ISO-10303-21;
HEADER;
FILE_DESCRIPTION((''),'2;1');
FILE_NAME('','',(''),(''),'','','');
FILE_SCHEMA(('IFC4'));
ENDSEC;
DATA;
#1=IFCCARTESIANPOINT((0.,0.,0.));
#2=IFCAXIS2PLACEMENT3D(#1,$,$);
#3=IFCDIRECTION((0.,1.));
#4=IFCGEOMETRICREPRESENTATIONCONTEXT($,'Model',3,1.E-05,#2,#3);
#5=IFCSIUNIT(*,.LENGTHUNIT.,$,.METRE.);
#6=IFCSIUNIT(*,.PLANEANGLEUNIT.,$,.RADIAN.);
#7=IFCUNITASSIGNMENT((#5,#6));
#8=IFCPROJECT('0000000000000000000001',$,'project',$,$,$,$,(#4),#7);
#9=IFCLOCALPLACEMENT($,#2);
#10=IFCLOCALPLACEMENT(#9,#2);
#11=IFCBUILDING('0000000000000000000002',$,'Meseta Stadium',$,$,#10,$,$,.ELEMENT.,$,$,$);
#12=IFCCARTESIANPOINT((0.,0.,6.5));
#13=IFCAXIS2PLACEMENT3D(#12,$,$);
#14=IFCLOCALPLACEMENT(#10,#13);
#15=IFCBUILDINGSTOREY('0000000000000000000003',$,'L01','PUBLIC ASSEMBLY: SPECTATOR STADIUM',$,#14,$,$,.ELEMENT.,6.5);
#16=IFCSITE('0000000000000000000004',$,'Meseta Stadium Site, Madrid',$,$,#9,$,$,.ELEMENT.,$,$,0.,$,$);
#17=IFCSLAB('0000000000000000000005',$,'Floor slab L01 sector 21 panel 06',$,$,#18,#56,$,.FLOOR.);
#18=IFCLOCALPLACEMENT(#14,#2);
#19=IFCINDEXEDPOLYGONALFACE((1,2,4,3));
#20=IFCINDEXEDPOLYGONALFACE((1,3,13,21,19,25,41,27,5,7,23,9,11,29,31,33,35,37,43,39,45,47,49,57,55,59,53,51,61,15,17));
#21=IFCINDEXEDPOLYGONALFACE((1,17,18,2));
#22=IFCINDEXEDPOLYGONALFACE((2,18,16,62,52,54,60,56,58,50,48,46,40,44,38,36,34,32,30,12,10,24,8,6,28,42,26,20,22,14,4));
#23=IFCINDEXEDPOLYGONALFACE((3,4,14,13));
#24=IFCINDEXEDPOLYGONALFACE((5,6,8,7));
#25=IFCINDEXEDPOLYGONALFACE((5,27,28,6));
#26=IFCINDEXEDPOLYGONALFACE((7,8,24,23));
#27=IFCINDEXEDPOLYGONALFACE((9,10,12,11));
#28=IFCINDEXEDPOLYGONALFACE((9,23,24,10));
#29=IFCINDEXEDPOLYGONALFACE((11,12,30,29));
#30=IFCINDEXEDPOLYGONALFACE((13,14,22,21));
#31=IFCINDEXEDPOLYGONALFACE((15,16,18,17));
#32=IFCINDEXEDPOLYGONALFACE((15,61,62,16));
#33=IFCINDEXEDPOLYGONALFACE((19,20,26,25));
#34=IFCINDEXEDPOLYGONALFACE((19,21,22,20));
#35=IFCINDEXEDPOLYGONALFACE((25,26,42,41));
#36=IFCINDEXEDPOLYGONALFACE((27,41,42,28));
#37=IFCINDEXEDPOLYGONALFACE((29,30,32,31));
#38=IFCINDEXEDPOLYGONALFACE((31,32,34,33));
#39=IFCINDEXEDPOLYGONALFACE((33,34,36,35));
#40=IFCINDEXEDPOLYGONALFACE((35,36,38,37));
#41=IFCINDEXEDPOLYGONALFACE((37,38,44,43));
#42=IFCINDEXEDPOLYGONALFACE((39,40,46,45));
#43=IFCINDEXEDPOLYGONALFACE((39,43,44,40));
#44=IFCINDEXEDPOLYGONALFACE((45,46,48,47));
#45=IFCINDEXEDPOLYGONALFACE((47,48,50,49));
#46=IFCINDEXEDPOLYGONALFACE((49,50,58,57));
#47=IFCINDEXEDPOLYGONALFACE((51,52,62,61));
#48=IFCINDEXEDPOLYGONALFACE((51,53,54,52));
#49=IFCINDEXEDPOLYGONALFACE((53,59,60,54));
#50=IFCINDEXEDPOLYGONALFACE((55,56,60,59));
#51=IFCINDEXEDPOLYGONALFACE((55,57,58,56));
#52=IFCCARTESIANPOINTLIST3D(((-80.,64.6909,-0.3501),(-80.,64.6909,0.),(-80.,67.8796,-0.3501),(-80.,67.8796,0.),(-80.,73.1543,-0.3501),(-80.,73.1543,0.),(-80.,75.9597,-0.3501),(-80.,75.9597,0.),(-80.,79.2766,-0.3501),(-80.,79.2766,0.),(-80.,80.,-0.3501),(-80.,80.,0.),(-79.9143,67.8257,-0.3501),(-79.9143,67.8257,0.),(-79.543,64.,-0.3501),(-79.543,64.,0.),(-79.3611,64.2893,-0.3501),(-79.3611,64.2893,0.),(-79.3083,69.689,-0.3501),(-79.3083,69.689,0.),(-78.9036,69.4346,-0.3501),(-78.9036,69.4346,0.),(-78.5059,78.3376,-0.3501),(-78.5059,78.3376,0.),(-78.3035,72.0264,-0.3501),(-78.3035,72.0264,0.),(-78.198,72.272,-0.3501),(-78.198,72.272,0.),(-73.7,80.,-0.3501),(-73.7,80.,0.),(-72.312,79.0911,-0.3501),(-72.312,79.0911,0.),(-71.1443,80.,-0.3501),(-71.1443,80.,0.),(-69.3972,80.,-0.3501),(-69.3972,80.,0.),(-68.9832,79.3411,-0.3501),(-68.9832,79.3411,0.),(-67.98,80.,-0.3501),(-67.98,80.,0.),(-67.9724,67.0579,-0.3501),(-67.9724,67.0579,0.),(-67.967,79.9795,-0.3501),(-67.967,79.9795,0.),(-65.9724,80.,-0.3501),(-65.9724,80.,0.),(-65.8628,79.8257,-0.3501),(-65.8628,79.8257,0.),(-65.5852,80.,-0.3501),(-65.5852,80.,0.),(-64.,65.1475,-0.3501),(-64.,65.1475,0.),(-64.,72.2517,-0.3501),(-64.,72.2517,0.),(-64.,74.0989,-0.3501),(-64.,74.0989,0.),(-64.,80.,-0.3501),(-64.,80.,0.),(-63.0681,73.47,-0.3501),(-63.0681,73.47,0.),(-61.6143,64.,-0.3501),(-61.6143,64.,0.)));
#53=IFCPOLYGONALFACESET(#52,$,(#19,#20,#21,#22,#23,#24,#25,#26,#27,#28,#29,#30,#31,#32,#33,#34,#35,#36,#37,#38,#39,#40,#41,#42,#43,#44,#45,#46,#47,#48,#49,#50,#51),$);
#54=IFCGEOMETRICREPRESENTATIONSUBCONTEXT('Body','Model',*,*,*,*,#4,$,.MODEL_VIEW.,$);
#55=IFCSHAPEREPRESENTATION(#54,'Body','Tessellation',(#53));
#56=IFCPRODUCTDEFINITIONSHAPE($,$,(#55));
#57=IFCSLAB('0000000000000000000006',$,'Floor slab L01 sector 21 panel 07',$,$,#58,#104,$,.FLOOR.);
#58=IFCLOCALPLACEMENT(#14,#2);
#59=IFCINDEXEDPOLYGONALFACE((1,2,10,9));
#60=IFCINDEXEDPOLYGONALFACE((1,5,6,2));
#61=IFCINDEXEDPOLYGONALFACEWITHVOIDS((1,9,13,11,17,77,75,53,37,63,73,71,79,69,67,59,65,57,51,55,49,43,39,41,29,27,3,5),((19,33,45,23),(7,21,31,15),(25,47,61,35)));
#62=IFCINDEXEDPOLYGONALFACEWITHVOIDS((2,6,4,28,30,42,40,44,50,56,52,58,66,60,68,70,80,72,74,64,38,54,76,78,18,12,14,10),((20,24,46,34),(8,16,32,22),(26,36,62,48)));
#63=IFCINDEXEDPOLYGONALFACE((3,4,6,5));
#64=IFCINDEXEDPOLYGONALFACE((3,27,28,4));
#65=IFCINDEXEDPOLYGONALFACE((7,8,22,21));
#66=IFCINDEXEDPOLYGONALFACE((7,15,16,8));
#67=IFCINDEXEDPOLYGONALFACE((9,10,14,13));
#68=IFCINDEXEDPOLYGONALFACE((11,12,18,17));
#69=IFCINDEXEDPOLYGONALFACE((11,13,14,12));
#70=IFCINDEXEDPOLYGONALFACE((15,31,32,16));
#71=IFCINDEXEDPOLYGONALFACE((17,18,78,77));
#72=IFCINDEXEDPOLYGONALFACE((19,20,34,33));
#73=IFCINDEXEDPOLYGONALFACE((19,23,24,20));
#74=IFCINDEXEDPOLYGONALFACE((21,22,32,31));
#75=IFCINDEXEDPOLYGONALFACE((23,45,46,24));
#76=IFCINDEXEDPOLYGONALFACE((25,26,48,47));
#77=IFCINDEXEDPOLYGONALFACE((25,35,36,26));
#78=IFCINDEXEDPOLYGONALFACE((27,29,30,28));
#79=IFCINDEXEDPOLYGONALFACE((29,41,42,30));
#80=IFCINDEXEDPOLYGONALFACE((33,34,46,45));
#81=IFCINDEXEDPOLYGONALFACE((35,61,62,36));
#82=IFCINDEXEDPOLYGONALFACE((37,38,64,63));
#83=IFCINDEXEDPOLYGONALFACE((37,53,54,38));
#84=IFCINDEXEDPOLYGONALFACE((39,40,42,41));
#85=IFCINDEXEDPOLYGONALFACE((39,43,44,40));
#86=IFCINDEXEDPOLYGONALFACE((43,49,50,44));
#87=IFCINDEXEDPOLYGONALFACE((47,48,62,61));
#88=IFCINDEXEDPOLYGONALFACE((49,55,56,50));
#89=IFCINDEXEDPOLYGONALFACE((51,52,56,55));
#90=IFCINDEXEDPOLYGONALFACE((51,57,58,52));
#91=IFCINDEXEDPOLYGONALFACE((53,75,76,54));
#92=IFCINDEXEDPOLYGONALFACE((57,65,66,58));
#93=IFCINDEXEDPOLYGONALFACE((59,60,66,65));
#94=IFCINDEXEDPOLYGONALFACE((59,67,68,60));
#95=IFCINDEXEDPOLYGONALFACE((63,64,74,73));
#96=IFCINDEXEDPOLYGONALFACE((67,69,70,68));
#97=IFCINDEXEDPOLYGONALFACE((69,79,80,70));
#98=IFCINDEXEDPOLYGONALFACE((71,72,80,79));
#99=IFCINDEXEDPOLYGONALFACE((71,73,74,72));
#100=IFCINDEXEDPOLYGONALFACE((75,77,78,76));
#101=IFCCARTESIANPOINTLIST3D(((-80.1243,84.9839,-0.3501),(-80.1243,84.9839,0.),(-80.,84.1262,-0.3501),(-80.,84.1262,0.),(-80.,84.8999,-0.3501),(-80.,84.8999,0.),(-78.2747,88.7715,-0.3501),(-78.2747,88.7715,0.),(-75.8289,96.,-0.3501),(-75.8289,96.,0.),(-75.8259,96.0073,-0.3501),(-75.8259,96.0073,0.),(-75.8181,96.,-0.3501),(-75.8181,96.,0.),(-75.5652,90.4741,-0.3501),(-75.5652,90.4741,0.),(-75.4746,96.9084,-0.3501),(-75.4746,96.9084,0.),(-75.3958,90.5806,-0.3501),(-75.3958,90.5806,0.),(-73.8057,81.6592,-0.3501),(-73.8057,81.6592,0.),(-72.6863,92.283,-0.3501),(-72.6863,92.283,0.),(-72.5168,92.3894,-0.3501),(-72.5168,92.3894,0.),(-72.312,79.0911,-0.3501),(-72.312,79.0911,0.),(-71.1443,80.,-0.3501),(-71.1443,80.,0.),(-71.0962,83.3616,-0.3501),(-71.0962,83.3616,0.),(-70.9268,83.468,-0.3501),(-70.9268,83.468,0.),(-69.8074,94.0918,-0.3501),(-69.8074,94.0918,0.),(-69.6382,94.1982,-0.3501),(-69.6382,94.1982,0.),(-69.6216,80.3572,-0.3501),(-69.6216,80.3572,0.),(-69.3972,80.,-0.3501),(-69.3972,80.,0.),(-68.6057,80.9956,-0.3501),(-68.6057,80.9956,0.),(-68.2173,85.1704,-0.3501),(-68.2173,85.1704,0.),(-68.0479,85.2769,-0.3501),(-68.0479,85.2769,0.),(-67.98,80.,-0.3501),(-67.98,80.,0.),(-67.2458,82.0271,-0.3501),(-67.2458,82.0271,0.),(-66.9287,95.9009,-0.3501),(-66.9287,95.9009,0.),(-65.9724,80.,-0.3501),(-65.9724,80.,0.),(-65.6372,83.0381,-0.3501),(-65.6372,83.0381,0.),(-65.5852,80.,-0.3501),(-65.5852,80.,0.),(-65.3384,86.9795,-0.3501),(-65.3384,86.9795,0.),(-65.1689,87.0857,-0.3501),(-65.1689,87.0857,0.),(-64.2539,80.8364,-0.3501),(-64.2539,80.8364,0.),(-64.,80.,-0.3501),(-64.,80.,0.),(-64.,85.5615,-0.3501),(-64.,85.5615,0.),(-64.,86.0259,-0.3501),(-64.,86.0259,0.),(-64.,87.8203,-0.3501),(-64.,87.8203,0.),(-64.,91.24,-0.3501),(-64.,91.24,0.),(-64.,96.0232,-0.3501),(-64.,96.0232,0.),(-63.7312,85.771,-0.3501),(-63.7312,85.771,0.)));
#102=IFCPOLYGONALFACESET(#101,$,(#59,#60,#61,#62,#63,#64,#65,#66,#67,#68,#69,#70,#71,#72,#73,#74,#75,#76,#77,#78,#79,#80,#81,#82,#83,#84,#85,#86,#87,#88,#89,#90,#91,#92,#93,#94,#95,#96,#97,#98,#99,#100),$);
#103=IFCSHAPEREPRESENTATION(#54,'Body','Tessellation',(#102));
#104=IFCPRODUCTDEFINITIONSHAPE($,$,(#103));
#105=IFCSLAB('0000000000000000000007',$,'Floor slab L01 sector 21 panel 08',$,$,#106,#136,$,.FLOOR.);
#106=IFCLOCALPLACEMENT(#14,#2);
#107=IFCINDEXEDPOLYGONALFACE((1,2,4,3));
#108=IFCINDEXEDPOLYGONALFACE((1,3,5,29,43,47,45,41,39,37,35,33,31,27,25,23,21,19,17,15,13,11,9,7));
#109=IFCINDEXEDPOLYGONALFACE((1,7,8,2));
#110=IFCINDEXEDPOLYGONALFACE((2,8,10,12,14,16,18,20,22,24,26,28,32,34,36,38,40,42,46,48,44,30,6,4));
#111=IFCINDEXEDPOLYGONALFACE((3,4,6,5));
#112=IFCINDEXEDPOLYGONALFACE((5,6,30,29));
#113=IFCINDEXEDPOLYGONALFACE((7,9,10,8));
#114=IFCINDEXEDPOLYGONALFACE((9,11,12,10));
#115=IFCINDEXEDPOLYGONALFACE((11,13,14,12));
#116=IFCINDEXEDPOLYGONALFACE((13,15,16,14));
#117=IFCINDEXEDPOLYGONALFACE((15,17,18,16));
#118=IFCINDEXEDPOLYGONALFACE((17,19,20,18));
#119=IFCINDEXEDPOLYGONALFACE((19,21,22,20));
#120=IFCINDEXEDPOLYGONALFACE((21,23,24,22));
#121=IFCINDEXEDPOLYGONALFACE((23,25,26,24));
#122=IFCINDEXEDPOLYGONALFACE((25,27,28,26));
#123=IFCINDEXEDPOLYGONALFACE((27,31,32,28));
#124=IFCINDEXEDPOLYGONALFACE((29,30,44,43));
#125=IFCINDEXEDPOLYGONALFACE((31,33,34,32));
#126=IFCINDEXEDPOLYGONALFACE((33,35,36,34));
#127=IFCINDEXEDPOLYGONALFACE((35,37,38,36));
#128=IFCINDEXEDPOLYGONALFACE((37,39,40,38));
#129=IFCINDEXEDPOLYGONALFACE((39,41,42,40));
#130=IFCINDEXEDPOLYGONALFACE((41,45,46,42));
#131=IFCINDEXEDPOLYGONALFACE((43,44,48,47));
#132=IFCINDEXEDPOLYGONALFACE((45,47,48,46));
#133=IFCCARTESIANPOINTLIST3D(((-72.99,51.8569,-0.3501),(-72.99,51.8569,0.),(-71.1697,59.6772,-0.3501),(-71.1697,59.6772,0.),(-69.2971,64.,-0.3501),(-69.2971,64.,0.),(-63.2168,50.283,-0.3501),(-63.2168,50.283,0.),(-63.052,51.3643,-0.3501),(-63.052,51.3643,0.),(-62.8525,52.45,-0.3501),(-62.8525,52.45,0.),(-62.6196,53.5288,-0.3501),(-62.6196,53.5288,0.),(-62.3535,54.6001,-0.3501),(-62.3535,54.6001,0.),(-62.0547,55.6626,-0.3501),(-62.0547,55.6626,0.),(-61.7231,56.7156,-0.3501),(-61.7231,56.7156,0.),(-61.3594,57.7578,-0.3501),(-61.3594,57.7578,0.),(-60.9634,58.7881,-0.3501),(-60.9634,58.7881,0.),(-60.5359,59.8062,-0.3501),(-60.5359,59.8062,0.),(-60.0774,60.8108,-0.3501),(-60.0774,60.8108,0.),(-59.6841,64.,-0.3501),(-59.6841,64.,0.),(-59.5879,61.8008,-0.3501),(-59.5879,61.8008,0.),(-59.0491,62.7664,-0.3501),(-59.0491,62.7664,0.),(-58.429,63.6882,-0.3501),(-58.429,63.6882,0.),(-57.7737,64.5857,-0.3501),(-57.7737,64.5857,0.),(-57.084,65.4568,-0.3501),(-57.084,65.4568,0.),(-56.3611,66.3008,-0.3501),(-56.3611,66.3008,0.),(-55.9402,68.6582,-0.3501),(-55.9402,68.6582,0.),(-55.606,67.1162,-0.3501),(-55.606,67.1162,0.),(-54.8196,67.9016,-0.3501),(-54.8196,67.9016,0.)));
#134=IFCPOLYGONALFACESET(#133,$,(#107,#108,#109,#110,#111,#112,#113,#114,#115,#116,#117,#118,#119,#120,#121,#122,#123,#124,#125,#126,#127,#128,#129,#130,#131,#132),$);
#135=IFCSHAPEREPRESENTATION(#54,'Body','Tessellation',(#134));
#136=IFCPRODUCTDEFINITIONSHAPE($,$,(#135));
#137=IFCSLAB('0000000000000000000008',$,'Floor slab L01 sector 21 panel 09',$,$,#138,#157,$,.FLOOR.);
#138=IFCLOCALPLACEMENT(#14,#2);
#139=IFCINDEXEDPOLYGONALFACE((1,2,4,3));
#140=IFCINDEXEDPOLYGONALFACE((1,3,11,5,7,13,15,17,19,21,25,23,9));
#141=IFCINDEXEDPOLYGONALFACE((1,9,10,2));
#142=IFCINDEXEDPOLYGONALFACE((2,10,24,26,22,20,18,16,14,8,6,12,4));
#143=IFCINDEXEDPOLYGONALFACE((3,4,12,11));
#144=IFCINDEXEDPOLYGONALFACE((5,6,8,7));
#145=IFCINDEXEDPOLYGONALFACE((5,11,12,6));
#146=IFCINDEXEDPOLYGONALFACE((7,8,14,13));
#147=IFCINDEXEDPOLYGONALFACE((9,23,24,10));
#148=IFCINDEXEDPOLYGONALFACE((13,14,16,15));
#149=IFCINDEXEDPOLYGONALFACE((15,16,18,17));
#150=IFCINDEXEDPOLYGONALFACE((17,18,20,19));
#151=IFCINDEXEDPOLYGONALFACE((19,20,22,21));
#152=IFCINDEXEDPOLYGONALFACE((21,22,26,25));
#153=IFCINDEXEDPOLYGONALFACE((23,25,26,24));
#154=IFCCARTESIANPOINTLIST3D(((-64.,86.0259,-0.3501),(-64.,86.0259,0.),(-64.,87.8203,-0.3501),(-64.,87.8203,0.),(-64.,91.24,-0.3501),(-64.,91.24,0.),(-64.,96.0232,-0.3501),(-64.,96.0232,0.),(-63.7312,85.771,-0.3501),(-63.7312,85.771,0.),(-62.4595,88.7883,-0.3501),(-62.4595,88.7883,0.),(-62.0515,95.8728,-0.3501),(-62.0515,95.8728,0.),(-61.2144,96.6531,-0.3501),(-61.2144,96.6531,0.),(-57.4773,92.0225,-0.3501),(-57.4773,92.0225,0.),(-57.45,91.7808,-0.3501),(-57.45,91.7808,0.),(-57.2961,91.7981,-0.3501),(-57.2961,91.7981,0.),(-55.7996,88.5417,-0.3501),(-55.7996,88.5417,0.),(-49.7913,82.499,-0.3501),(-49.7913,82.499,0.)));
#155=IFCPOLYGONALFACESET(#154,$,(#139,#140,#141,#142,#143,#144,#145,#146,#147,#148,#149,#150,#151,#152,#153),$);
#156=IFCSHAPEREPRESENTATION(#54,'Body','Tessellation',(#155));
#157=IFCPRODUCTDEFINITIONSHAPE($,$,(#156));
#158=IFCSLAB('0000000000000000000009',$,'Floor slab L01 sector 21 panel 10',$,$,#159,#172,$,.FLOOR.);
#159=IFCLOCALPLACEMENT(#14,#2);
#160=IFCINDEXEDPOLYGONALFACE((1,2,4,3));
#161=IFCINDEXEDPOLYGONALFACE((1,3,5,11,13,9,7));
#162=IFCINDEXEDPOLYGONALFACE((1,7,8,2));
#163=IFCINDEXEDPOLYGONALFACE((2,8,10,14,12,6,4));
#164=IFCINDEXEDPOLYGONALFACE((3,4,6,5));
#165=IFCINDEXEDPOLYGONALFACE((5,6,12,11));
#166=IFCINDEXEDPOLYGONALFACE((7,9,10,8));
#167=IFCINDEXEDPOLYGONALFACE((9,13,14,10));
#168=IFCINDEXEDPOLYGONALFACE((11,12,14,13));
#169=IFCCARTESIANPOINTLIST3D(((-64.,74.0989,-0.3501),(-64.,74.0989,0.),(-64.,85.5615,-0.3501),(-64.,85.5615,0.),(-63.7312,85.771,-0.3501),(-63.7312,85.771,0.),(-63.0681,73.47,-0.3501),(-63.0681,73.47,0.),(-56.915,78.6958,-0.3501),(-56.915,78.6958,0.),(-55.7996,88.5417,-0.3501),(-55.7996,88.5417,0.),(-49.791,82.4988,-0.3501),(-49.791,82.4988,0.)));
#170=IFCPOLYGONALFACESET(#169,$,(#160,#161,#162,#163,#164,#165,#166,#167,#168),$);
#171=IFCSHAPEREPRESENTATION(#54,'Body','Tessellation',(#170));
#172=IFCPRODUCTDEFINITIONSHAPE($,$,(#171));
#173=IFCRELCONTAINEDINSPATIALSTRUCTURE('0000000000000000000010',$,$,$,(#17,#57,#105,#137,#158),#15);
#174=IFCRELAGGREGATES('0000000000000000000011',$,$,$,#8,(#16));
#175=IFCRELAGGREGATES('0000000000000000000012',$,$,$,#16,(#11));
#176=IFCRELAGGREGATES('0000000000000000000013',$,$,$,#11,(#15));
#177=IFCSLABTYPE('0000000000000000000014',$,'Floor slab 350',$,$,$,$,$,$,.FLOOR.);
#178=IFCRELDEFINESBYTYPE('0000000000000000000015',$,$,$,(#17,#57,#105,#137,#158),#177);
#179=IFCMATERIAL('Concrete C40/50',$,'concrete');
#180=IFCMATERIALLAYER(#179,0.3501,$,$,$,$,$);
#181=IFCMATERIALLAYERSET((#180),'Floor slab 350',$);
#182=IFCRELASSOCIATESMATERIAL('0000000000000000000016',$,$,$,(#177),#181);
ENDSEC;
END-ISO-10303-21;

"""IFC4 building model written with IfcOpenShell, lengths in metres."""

from ifc_helpers import new_model, si_unit, direction, frame, origin, place, context, subcontext, project, spatial, polyline, outline, extrude, material, layer, layer_set, type_object, element, save


model = new_model("IFC4")

# Units and contexts
model_context = context("Model", 3, precision=1e-05, world=origin(), true_north=direction((0.0, 1.0)))
body_context = subcontext(model_context, "Body", "Model", "MODEL_VIEW")
ifc_project = project(units=[si_unit("LENGTHUNIT", "METRE"), si_unit("PLANEANGLEUNIT", "RADIAN")], contexts=[model_context])

# Site, building, storey
site_placement = place(None, origin())
site = spatial("IfcSite", under=ifc_project, at=site_placement, Name="Meseta Stadium Site, Madrid", CompositionType="ELEMENT", RefElevation=0.0)
building_placement = place(site_placement, origin())
building = spatial("IfcBuilding", under=site, at=building_placement, Name="Meseta Stadium", CompositionType="ELEMENT")
storey_placement = place(building_placement, frame((0.0, 0.0, 6.5)))
storey = spatial("IfcBuildingStorey", under=building, at=storey_placement, Name="L01", Description="PUBLIC ASSEMBLY: SPECTATOR STADIUM", CompositionType="ELEMENT", Elevation=6.5)

# Slabs
ifc_material = material(Name="Concrete C40/50", Category="concrete")
ifc_layer = layer(ifc_material, 0.3501)
ifc_layer_set = layer_set([ifc_layer], Name="Floor slab 350")
slab_type = type_object("IfcSlabType", Name="Floor slab 350", PredefinedType="FLOOR", material=ifc_layer_set)
slab_1_placement = place(storey_placement, frame((0.0, 0.0, -0.3501)))
element("IfcSlab", 1, at=slab_1_placement, inside=storey, type_object=slab_type, Name="Floor slab L01 sector 21 panel 06", PredefinedType="FLOOR", context=body_context, shape_type="SweptSolid", body=[
    extrude(outline(polyline([(-67.967, 79.9795), (-68.9832, 79.3411), (-69.3972, 80.0), (-71.1443, 80.0), (-72.312, 79.0911), (-73.7, 80.0), (-80.0, 80.0), (-80.0, 79.2766), (-78.5059, 78.3376), (-80.0, 75.9597), (-80.0, 73.1543), (-78.198, 72.272), (-67.9724, 67.0579), (-78.3035, 72.0264), (-79.3083, 69.689), (-78.9036, 69.4346), (-79.9143, 67.8257), (-80.0, 67.8796), (-80.0, 64.6909), (-79.3611, 64.2893), (-79.543, 64.0), (-61.6143, 64.0), (-64.0, 65.1475), (-64.0, 72.2517), (-63.0681, 73.47), (-64.0, 74.0989), (-64.0, 80.0), (-65.5852, 80.0), (-65.8628, 79.8257), (-65.9724, 80.0), (-67.98, 80.0), (-67.967, 79.9795)])), origin(), (0.0, 0.0, 1.0), 0.3501),
])
slab_2_placement = place(storey_placement, frame((0.0, 0.0, -0.3501)))
element("IfcSlab", 2, at=slab_2_placement, inside=storey, type_object=slab_type, Name="Floor slab L01 sector 21 panel 07", PredefinedType="FLOOR", context=body_context, shape_type="SweptSolid", body=[
    extrude(outline(polyline([(-80.0, 84.1262), (-72.312, 79.0911), (-71.1443, 80.0), (-69.3972, 80.0), (-69.6216, 80.3572), (-68.6057, 80.9956), (-67.98, 80.0), (-65.9724, 80.0), (-67.2458, 82.0271), (-65.6372, 83.0381), (-64.2539, 80.8364), (-65.5852, 80.0), (-64.0, 80.0), (-64.0, 85.5615), (-63.7312, 85.771), (-64.0, 86.0259), (-64.0, 87.8203), (-65.1689, 87.0857), (-69.6382, 94.1982), (-66.9287, 95.9009), (-64.0, 91.24), (-64.0, 96.0232), (-75.4746, 96.9084), (-75.8259, 96.0073), (-75.8181, 96.0), (-75.8289, 96.0), (-80.1243, 84.9839), (-80.0, 84.8999), (-80.0, 84.1262)]), holes=[polyline([(-65.3384, 86.9795), (-68.0479, 85.2769), (-72.5168, 92.3894), (-69.8074, 94.0918), (-65.3384, 86.9795)]), polyline([(-71.0962, 83.3616), (-73.8057, 81.6592), (-78.2747, 88.7715), (-75.5652, 90.4741), (-71.0962, 83.3616)]), polyline([(-68.2173, 85.1704), (-70.9268, 83.468), (-75.3958, 90.5806), (-72.6863, 92.283), (-68.2173, 85.1704)])]), origin(), (0.0, 0.0, 1.0), 0.3501),
])
slab_3_placement = place(storey_placement, frame((0.0, 0.0, -0.3501)))
element("IfcSlab", 3, at=slab_3_placement, inside=storey, type_object=slab_type, Name="Floor slab L01 sector 21 panel 08", PredefinedType="FLOOR", context=body_context, shape_type="SweptSolid", body=[
    extrude(outline(polyline([(-59.0491, 62.7664), (-58.429, 63.6882), (-57.7737, 64.5857), (-57.084, 65.4568), (-56.3611, 66.3008), (-55.606, 67.1162), (-54.8196, 67.9016), (-55.9402, 68.6582), (-59.6841, 64.0), (-69.2971, 64.0), (-71.1697, 59.6772), (-72.99, 51.8569), (-63.2168, 50.283), (-63.052, 51.3643), (-62.8525, 52.45), (-62.6196, 53.5288), (-62.3535, 54.6001), (-62.0547, 55.6626), (-61.7231, 56.7156), (-61.3594, 57.7578), (-60.9634, 58.7881), (-60.5359, 59.8062), (-60.0774, 60.8108), (-59.5879, 61.8008), (-59.0491, 62.7664)])), origin(), (0.0, 0.0, 1.0), 0.3501),
])
slab_4_placement = place(storey_placement, frame((0.0, 0.0, -0.3501)))
element("IfcSlab", 4, at=slab_4_placement, inside=storey, type_object=slab_type, Name="Floor slab L01 sector 21 panel 09", PredefinedType="FLOOR", context=body_context, shape_type="SweptSolid", body=[
    extrude(outline(polyline([(-62.0515, 95.8728), (-64.0, 96.0232), (-64.0, 91.24), (-62.4595, 88.7883), (-64.0, 87.8203), (-64.0, 86.0259), (-63.7312, 85.771), (-55.7996, 88.5417), (-49.7913, 82.499), (-57.2961, 91.7981), (-57.45, 91.7808), (-57.4773, 92.0225), (-61.2144, 96.6531), (-62.0515, 95.8728)])), origin(), (0.0, 0.0, 1.0), 0.3501),
])
slab_5_placement = place(storey_placement, frame((0.0, 0.0, -0.3501)))
element("IfcSlab", 5, at=slab_5_placement, inside=storey, type_object=slab_type, Name="Floor slab L01 sector 21 panel 10", PredefinedType="FLOOR", context=body_context, shape_type="SweptSolid", body=[
    extrude(outline(polyline([(-63.0681, 73.47), (-56.915, 78.6958), (-49.791, 82.4988), (-55.7996, 88.5417), (-63.7312, 85.771), (-64.0, 85.5615), (-64.0, 74.0989), (-63.0681, 73.47)])), origin(), (0.0, 0.0, 1.0), 0.3501),
])

save(model, "model.ifc")
